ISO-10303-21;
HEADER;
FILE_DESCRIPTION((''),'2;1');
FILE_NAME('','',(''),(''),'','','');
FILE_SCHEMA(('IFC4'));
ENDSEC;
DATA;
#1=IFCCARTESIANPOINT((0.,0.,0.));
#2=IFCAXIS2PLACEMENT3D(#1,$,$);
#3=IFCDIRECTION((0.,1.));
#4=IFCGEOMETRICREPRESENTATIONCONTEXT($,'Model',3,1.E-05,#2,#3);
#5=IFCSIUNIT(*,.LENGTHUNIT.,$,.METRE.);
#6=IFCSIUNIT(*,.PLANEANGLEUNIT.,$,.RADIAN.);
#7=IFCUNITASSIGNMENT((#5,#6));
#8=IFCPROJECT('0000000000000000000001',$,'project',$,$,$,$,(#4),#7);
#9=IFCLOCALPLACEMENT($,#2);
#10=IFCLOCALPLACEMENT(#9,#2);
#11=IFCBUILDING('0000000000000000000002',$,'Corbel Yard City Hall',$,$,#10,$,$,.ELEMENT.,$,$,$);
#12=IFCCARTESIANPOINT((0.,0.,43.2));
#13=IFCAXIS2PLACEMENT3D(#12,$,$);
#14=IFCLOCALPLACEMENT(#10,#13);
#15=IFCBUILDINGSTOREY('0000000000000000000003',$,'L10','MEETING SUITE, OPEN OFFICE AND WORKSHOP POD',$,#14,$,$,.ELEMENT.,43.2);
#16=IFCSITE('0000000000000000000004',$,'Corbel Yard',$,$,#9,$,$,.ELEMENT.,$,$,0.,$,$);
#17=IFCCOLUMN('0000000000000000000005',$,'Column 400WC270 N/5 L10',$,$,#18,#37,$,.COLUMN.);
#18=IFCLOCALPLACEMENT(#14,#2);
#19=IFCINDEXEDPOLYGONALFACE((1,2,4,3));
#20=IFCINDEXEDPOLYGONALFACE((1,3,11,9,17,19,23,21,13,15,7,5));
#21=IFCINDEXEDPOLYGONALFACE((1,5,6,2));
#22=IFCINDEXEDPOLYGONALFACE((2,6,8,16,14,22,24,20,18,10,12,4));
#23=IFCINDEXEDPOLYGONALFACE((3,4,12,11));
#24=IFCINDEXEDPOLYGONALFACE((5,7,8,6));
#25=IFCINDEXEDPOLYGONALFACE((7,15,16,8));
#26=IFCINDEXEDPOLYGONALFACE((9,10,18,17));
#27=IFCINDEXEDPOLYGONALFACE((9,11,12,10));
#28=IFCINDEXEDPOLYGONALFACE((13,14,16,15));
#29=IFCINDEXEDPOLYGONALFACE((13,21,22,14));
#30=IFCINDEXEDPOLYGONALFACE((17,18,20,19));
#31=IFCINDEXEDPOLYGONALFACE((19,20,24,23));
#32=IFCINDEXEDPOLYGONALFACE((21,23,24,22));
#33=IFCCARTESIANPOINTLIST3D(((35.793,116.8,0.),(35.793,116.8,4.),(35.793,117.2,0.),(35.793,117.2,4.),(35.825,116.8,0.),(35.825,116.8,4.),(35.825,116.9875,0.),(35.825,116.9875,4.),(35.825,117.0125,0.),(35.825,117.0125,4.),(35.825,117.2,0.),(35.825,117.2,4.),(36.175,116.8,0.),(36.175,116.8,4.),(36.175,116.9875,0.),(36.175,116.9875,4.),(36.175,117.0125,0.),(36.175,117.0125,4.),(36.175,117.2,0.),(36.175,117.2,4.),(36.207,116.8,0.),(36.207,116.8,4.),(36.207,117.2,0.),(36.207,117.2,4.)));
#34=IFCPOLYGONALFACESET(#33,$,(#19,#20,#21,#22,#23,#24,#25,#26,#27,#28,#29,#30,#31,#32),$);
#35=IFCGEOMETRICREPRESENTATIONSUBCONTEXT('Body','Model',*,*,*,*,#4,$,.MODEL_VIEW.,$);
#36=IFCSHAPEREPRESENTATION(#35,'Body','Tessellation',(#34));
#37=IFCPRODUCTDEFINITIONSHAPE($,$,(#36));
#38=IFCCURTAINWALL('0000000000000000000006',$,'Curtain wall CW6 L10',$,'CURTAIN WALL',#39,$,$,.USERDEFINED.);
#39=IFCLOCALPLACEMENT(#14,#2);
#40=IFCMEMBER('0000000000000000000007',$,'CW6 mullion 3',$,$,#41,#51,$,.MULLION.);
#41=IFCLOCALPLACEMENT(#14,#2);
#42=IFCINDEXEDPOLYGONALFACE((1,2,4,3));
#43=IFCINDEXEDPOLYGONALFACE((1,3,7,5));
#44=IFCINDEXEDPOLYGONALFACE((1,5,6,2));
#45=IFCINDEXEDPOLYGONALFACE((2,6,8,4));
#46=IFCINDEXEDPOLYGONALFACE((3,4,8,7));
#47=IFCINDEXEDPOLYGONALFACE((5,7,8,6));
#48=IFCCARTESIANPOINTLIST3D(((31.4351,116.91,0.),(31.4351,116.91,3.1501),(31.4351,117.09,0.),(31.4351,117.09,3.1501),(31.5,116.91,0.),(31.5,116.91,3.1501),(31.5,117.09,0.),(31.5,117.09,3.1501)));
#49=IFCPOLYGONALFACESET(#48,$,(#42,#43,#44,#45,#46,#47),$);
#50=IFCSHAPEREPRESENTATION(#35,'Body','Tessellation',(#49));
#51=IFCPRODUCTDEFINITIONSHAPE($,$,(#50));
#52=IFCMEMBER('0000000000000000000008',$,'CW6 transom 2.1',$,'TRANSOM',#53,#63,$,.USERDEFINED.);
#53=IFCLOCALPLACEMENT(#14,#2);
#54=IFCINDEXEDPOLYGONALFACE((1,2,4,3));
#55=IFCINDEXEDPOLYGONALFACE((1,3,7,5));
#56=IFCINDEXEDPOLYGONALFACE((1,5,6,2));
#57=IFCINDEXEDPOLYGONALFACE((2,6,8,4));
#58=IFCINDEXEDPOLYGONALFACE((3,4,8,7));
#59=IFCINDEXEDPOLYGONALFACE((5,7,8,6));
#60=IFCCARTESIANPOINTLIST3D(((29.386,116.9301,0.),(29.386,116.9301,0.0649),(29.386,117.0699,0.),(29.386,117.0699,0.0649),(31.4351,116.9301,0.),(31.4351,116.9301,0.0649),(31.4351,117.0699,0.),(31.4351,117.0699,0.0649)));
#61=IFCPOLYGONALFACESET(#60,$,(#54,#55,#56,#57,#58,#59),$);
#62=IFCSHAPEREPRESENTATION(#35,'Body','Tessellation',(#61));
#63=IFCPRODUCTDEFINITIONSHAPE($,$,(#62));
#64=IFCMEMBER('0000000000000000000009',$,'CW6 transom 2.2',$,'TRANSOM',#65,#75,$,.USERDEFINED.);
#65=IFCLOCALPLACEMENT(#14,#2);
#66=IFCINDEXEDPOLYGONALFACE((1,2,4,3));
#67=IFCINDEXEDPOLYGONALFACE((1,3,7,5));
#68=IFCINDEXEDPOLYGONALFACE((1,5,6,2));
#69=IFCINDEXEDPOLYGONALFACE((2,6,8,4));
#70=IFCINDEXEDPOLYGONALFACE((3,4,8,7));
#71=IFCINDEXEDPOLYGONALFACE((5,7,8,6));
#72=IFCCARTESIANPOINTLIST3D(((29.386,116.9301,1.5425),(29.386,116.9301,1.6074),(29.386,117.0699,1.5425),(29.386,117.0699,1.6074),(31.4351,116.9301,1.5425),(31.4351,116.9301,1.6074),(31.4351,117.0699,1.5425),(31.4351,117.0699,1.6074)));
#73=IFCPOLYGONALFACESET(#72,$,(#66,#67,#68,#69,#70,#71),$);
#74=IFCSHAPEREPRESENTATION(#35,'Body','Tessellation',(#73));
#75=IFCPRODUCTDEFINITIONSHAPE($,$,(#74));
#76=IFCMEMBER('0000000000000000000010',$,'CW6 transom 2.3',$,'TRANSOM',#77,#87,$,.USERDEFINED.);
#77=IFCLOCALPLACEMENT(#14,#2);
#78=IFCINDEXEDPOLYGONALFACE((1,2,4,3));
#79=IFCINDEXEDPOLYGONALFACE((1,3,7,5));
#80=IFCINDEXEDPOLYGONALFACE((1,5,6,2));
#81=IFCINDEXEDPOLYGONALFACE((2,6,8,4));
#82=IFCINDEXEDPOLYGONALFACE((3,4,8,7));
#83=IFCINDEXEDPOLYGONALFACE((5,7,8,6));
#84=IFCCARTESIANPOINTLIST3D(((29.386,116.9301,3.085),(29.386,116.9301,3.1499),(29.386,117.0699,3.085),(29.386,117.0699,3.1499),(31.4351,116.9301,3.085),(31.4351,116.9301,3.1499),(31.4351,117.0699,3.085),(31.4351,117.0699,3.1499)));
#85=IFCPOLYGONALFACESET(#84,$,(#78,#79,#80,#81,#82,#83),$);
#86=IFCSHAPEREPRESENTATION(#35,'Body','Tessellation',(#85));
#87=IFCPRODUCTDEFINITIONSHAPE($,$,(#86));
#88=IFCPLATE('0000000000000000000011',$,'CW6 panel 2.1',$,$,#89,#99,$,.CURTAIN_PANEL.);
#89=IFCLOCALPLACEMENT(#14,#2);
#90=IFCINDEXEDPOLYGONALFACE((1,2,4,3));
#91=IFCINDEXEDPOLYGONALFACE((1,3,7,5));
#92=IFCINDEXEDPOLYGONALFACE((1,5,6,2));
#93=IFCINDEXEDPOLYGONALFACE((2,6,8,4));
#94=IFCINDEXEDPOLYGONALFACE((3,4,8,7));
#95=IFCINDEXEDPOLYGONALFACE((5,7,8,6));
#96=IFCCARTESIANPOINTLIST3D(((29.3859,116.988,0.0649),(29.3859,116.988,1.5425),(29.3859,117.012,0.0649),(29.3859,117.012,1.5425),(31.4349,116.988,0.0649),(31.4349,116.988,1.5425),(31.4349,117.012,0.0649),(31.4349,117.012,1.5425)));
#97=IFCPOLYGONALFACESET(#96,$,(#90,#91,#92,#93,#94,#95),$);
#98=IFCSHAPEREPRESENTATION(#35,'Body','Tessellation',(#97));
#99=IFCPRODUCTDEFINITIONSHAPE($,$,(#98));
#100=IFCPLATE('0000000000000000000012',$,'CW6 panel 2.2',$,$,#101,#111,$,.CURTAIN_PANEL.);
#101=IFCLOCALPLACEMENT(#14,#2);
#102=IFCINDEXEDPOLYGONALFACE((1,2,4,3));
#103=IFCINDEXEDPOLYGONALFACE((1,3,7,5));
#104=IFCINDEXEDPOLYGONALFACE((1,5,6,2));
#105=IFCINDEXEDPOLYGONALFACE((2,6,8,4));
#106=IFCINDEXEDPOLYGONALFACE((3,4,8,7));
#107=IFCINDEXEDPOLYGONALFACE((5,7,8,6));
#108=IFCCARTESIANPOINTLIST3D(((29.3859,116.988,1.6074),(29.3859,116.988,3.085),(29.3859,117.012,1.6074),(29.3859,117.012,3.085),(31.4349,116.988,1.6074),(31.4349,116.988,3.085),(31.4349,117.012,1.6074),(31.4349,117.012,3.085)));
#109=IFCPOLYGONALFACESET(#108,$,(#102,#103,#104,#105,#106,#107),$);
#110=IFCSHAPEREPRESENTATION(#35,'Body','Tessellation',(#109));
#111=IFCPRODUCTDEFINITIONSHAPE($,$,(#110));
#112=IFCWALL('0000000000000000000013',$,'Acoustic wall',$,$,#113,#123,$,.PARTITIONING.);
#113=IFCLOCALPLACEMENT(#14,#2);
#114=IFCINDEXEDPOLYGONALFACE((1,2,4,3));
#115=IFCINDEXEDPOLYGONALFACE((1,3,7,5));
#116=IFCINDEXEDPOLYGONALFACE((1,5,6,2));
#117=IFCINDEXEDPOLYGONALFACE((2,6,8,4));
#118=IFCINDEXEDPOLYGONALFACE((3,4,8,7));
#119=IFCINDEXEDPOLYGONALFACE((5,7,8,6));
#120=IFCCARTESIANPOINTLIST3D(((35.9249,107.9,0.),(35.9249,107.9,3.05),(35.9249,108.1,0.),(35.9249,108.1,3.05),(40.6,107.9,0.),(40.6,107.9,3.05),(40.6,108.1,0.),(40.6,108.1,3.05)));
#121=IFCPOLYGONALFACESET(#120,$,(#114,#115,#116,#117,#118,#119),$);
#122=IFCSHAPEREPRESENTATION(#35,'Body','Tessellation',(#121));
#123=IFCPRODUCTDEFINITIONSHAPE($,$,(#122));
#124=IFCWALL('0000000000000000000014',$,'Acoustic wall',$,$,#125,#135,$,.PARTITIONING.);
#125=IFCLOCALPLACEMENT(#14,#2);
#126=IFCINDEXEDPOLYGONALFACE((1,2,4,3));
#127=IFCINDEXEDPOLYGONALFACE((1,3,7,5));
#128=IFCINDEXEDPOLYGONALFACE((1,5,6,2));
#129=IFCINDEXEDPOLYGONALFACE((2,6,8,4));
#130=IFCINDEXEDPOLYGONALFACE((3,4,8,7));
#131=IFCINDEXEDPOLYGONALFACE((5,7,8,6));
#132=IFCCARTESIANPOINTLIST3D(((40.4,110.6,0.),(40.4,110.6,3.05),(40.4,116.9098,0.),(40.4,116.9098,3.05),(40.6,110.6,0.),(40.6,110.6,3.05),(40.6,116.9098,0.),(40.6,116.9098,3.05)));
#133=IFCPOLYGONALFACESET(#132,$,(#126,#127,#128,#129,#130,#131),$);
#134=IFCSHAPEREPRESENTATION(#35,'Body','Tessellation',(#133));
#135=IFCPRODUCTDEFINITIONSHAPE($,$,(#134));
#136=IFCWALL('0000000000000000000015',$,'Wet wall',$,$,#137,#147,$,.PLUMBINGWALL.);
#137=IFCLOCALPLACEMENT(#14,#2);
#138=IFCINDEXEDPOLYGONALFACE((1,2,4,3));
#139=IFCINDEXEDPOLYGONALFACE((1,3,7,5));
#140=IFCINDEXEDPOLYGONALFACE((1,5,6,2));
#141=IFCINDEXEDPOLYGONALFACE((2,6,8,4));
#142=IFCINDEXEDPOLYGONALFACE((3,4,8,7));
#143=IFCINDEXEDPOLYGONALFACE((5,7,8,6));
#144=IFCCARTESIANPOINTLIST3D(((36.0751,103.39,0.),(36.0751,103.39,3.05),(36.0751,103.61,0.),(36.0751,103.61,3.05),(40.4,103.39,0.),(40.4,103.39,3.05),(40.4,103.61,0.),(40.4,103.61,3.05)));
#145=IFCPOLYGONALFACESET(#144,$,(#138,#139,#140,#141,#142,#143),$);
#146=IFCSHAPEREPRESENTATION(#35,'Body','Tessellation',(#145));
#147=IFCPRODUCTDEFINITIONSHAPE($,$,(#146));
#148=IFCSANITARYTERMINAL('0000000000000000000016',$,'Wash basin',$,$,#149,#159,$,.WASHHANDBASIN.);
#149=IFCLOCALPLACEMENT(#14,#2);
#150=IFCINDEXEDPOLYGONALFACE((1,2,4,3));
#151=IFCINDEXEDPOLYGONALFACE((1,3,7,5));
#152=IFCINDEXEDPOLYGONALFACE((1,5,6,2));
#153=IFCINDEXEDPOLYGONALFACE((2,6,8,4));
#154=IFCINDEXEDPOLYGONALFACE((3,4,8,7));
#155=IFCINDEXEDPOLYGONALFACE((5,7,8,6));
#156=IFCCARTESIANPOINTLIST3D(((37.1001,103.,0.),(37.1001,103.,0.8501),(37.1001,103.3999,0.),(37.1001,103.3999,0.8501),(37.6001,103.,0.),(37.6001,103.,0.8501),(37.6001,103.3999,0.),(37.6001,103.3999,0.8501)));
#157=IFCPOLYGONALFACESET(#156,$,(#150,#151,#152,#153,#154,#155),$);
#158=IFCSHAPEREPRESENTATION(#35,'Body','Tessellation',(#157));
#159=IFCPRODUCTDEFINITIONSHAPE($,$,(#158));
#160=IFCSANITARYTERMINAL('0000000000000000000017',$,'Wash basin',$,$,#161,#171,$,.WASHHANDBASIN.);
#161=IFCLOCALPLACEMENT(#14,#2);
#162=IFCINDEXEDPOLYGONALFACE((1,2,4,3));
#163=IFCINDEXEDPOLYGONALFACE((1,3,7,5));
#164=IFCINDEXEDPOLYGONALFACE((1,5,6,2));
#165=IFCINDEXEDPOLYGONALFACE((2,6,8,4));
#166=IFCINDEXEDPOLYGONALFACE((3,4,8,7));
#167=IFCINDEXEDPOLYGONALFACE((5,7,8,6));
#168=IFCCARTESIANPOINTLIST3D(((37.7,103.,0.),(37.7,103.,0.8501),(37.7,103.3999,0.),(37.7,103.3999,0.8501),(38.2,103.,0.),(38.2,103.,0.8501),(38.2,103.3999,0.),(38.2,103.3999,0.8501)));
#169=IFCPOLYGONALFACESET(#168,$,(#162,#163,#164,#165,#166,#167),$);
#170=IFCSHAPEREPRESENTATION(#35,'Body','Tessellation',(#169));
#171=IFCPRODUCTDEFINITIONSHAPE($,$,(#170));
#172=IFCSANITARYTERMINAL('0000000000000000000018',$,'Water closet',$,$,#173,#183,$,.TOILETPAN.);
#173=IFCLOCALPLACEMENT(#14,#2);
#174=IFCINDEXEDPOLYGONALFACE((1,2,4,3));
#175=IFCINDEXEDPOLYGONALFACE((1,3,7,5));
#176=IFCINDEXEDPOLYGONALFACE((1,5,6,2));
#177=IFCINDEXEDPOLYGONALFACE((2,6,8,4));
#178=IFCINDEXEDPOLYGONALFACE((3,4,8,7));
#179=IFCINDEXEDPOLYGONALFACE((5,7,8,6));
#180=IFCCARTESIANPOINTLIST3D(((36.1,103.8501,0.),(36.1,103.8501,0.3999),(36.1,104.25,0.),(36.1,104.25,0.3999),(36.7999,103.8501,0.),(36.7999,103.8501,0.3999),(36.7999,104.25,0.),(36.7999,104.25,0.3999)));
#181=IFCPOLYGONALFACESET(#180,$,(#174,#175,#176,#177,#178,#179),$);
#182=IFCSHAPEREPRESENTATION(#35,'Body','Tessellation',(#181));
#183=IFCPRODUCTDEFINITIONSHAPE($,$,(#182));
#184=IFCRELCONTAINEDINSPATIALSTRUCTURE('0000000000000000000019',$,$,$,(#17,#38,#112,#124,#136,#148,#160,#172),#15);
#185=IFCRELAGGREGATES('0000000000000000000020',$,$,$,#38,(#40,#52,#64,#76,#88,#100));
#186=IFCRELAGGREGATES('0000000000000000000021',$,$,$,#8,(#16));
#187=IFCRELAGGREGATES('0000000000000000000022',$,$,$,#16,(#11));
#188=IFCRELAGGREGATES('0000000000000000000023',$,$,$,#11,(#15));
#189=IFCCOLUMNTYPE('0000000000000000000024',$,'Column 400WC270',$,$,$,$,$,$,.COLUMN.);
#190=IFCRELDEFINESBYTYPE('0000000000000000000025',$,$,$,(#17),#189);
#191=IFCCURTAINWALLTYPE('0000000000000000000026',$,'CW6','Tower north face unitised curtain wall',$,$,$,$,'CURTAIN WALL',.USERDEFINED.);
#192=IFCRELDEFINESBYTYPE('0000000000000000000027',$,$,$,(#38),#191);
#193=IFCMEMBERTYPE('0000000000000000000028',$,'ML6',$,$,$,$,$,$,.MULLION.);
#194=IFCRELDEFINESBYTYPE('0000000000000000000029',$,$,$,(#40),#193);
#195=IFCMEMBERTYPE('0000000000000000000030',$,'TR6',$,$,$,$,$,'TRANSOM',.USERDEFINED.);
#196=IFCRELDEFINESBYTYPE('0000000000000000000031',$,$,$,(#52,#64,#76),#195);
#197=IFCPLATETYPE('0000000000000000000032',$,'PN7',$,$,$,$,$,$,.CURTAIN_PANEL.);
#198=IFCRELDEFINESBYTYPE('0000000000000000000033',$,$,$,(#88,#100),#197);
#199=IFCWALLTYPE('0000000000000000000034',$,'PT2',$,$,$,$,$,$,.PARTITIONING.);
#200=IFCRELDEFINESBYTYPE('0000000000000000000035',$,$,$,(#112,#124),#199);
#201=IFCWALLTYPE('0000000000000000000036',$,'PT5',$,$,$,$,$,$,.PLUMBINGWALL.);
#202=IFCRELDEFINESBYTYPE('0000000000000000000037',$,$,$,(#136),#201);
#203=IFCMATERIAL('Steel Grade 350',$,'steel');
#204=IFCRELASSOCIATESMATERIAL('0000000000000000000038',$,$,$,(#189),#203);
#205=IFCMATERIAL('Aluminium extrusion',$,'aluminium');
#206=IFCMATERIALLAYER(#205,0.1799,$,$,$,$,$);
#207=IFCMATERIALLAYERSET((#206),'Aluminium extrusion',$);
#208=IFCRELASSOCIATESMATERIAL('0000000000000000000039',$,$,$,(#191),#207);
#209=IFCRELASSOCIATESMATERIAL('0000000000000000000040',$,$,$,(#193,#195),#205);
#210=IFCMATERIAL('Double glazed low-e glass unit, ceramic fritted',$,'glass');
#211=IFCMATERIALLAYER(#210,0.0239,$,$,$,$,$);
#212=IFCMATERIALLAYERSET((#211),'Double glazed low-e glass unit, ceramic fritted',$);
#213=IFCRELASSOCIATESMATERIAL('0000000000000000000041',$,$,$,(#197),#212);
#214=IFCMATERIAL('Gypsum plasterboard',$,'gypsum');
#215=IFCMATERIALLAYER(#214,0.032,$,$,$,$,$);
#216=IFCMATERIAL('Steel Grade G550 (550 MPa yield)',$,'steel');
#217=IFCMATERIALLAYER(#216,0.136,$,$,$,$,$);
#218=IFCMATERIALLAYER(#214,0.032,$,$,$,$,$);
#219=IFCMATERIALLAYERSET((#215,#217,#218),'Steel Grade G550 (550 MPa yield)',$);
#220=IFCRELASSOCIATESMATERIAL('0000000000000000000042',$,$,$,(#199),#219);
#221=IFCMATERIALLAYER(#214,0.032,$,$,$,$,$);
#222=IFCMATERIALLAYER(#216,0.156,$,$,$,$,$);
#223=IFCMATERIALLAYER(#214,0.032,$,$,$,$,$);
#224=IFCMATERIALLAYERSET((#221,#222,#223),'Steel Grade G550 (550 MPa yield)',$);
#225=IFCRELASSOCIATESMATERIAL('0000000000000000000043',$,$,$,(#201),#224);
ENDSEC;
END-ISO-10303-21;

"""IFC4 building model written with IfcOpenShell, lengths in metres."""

from ifc_helpers import new_model, si_unit, direction, frame, frame_2d, origin, origin_2d, place, context, subcontext, project, spatial, rectangle, i_section, extrude, material, layer, layer_set, material_profile, profile_set, type_object, element, aggregate, save


model = new_model("IFC4")

# Units and contexts
model_context = context("Model", 3, precision=1e-05, world=origin(), true_north=direction((0.0, 1.0)))
body_context = subcontext(model_context, "Body", "Model", "MODEL_VIEW")
ifc_project = project(units=[si_unit("LENGTHUNIT", "METRE"), si_unit("PLANEANGLEUNIT", "RADIAN")], contexts=[model_context])

# Site, building, storey
site_placement = place(None, origin())
site = spatial("IfcSite", under=ifc_project, at=site_placement, Name="Corbel Yard", CompositionType="ELEMENT", RefElevation=0.0)
building_placement = place(site_placement, origin())
building = spatial("IfcBuilding", under=site, at=building_placement, Name="Corbel Yard City Hall", CompositionType="ELEMENT")
storey_placement = place(building_placement, frame((0.0, 0.0, 43.2)))
storey = spatial("IfcBuildingStorey", under=building, at=storey_placement, Name="L10", Description="MEETING SUITE, OPEN OFFICE AND WORKSHOP POD", CompositionType="ELEMENT", Elevation=43.2)

# Column
ifc_material_1 = material(Name="Steel Grade 350", Category="steel")
ifc_material_profile_1 = material_profile(ifc_material_1, i_section(OverallWidth=0.3999, OverallDepth=0.4141, WebThickness=0.0249, FlangeThickness=0.032, at=origin_2d()), Name="400WC270")
ifc_profile_set_1 = profile_set([ifc_material_profile_1], Name="Steel Grade 350")
column_type = type_object("IfcColumnType", Name="Column 400WC270", PredefinedType="COLUMN", material=ifc_profile_set_1)
column_placement = place(storey_placement, frame((36.0, 117.0, 0.0), z_axis=(0.0, 0.0, 1.0), x_axis=(0.0, 1.0, 0.0)))
element("IfcColumn", 1, at=column_placement, inside=storey, type_object=column_type, Name="Column 400WC270 N/5 L10", PredefinedType="COLUMN", context=body_context, shape_type="SweptSolid", body=[
    extrude(i_section(OverallWidth=0.3999, OverallDepth=0.4141, WebThickness=0.0249, FlangeThickness=0.032, at=origin_2d()), origin(), (0.0, 0.0, 1.0), 4.0),
])

# Curtain wall, members, plates
ifc_material_2 = material(Name="Aluminium extrusion", Category="aluminium")
ifc_layer_1 = layer(ifc_material_2, 0.1799)
ifc_layer_set_1 = layer_set([ifc_layer_1], Name="Aluminium extrusion")
curtain_wall_type = type_object("IfcCurtainWallType", Name="CW6", Description="Tower north face unitised curtain wall", ElementType="CURTAIN WALL", PredefinedType="USERDEFINED", material=ifc_layer_set_1)
curtain_wall_placement = place(storey_placement, origin())
curtain_wall = element("IfcCurtainWall", 2, at=curtain_wall_placement, inside=storey, type_object=curtain_wall_type, Name="Curtain wall CW6 L10", ObjectType="CURTAIN WALL", PredefinedType="USERDEFINED")
ifc_material_profile_2 = material_profile(ifc_material_2, rectangle(XDim=0.1799, YDim=0.0649, at=origin_2d()), Name="180x65")
ifc_profile_set_2 = profile_set([ifc_material_profile_2], Name="Aluminium extrusion")
member_type_1 = type_object("IfcMemberType", Name="ML6", PredefinedType="MULLION", material=ifc_profile_set_2)
member_1_placement = place(storey_placement, frame((31.4675, 117.0, 0.0), z_axis=(0.0, 0.0, 1.0), x_axis=(0.0, 1.0, 0.0)))
member_1 = element("IfcMember", 3, at=member_1_placement, type_object=member_type_1, Name="CW6 mullion 3", PredefinedType="MULLION", context=body_context, shape_type="SweptSolid", body=[
    extrude(rectangle(XDim=0.1799, YDim=0.0649, at=origin_2d()), origin(), (0.0, 0.0, 1.0), 3.1501),
])
ifc_material_profile_3 = material_profile(ifc_material_2, rectangle(XDim=0.1399, YDim=0.0649, at=origin_2d()), Name="140x65")
ifc_profile_set_3 = profile_set([ifc_material_profile_3], Name="Aluminium extrusion")
member_type_2 = type_object("IfcMemberType", Name="TR6", ElementType="TRANSOM", PredefinedType="USERDEFINED", material=ifc_profile_set_3)
member_2_placement = place(storey_placement, frame((29.386, 117.0, 0.0325), z_axis=(1.0, 0.0, 0.0), x_axis=(0.0, 1.0, 0.0)))
member_2 = element("IfcMember", 4, at=member_2_placement, type_object=member_type_2, Name="CW6 transom 2.1", ObjectType="TRANSOM", PredefinedType="USERDEFINED", context=body_context, shape_type="SweptSolid", body=[
    extrude(rectangle(XDim=0.1399, YDim=0.0649, at=origin_2d()), origin(), (0.0, 0.0, 1.0), 2.0491),
])
member_3_placement = place(storey_placement, frame((29.386, 117.0, 1.575), z_axis=(1.0, 0.0, 0.0), x_axis=(0.0, 1.0, 0.0)))
member_3 = element("IfcMember", 5, at=member_3_placement, type_object=member_type_2, Name="CW6 transom 2.2", ObjectType="TRANSOM", PredefinedType="USERDEFINED", context=body_context, shape_type="SweptSolid", body=[
    extrude(rectangle(XDim=0.1399, YDim=0.0649, at=origin_2d()), origin(), (0.0, 0.0, 1.0), 2.0491),
])
member_4_placement = place(storey_placement, frame((29.386, 117.0, 3.1174), z_axis=(1.0, 0.0, 0.0), x_axis=(0.0, 1.0, 0.0)))
member_4 = element("IfcMember", 6, at=member_4_placement, type_object=member_type_2, Name="CW6 transom 2.3", ObjectType="TRANSOM", PredefinedType="USERDEFINED", context=body_context, shape_type="SweptSolid", body=[
    extrude(rectangle(XDim=0.1399, YDim=0.0649, at=origin_2d()), origin(), (0.0, 0.0, 1.0), 2.0491),
])
ifc_material_3 = material(Name="Double glazed low-e glass unit, ceramic fritted", Category="glass")
ifc_layer_2 = layer(ifc_material_3, 0.0239)
ifc_layer_set_2 = layer_set([ifc_layer_2], Name="Double glazed low-e glass unit, ceramic fritted")
plate_type = type_object("IfcPlateType", Name="PN7", PredefinedType="CURTAIN_PANEL", material=ifc_layer_set_2)
plate_1_placement = place(storey_placement, frame((30.4104, 117.0, 0.0649), z_axis=(0.0, 0.0, 1.0), x_axis=(1.0, 0.0, 0.0)))
plate_1 = element("IfcPlate", 7, at=plate_1_placement, type_object=plate_type, Name="CW6 panel 2.1", PredefinedType="CURTAIN_PANEL", context=body_context, shape_type="SweptSolid", body=[
    extrude(rectangle(XDim=2.0491, YDim=0.0239, at=origin_2d()), origin(), (0.0, 0.0, 1.0), 1.4775),
])
plate_2_placement = place(storey_placement, frame((30.4104, 117.0, 1.6074), z_axis=(0.0, 0.0, 1.0), x_axis=(1.0, 0.0, 0.0)))
plate_2 = element("IfcPlate", 8, at=plate_2_placement, type_object=plate_type, Name="CW6 panel 2.2", PredefinedType="CURTAIN_PANEL", context=body_context, shape_type="SweptSolid", body=[
    extrude(rectangle(XDim=2.0491, YDim=0.0239, at=origin_2d()), origin(), (0.0, 0.0, 1.0), 1.4775),
])
aggregate(curtain_wall, [member_1, member_2, member_3, member_4, plate_1, plate_2])

# Walls
ifc_material_4 = material(Name="Gypsum plasterboard", Category="gypsum")
ifc_layer_3 = layer(ifc_material_4, 0.032)
ifc_material_5 = material(Name="Steel Grade G550 (550 MPa yield)", Category="steel")
ifc_layer_4 = layer(ifc_material_5, 0.136)
ifc_layer_5 = layer(ifc_material_4, 0.032)
ifc_layer_set_3 = layer_set([ifc_layer_3, ifc_layer_4, ifc_layer_5], Name="Steel Grade G550 (550 MPa yield)")
wall_type_1 = type_object("IfcWallType", Name="PT2", PredefinedType="PARTITIONING", material=ifc_layer_set_3)
wall_1_placement = place(storey_placement, frame((35.925, 108.0, 0.0), z_axis=(0.0, 0.0, 1.0), x_axis=(1.0, 0.0, 0.0)))
element("IfcWall", 9, at=wall_1_placement, inside=storey, type_object=wall_type_1, Name="Acoustic wall", PredefinedType="PARTITIONING", context=body_context, shape_type="SweptSolid", body=[
    extrude(rectangle(XDim=4.675, YDim=0.2, at=frame_2d((2.3374, 0.0))), origin(), (0.0, 0.0, 1.0), 3.05),
])
wall_2_placement = place(storey_placement, frame((40.5, 110.6001, 0.0), z_axis=(0.0, 0.0, 1.0), x_axis=(0.0, 1.0, 0.0)))
element("IfcWall", 10, at=wall_2_placement, inside=storey, type_object=wall_type_1, Name="Acoustic wall", PredefinedType="PARTITIONING", context=body_context, shape_type="SweptSolid", body=[
    extrude(rectangle(XDim=6.3098, YDim=0.2, at=frame_2d((3.1548, 0.0))), origin(), (0.0, 0.0, 1.0), 3.05),
])
ifc_layer_6 = layer(ifc_material_4, 0.032)
ifc_layer_7 = layer(ifc_material_5, 0.156)
ifc_layer_8 = layer(ifc_material_4, 0.032)
ifc_layer_set_4 = layer_set([ifc_layer_6, ifc_layer_7, ifc_layer_8], Name="Steel Grade G550 (550 MPa yield)")
wall_type_2 = type_object("IfcWallType", Name="PT5", PredefinedType="PLUMBINGWALL", material=ifc_layer_set_4)
wall_3_placement = place(storey_placement, frame((36.075, 103.5, 0.0), z_axis=(0.0, 0.0, 1.0), x_axis=(1.0, 0.0, 0.0)))
element("IfcWall", 11, at=wall_3_placement, inside=storey, type_object=wall_type_2, Name="Wet wall", PredefinedType="PLUMBINGWALL", context=body_context, shape_type="SweptSolid", body=[
    extrude(rectangle(XDim=4.325, YDim=0.22, at=frame_2d((2.1626, 0.0))), origin(), (0.0, 0.0, 1.0), 3.05),
])

# Sanitary terminals
for number, where, z_axis, x_axis, name in (
    (12, (37.3501, 103.2, 0.0), (0.0, 0.0, 1.0), (1.0, 0.0, 0.0), "Wash basin"),
    (13, (37.95, 103.2, 0.0), (0.0, 0.0, 1.0), (1.0, 0.0, 0.0), "Wash basin"),
):
    element("IfcSanitaryTerminal", number, at=place(storey_placement, frame(where, z_axis=z_axis, x_axis=x_axis)), inside=storey, Name=name, PredefinedType="WASHHANDBASIN", context=body_context, shape_type="SweptSolid", body=[
        extrude(rectangle(XDim=0.5, YDim=0.3999, at=origin_2d()), origin(), (0.0, 0.0, 1.0), 0.8501),
    ])
for number, where, z_axis, x_axis, name in (
    (14, (36.45, 104.05, 0.0), (0.0, 0.0, 1.0), (1.0, 0.0, 0.0), "Water closet"),
):
    element("IfcSanitaryTerminal", number, at=place(storey_placement, frame(where, z_axis=z_axis, x_axis=x_axis)), inside=storey, Name=name, PredefinedType="TOILETPAN", context=body_context, shape_type="SweptSolid", body=[
        extrude(rectangle(XDim=0.7, YDim=0.3999, at=origin_2d()), origin(), (0.0, 0.0, 1.0), 0.3999),
    ])

save(model, "model.ifc")
